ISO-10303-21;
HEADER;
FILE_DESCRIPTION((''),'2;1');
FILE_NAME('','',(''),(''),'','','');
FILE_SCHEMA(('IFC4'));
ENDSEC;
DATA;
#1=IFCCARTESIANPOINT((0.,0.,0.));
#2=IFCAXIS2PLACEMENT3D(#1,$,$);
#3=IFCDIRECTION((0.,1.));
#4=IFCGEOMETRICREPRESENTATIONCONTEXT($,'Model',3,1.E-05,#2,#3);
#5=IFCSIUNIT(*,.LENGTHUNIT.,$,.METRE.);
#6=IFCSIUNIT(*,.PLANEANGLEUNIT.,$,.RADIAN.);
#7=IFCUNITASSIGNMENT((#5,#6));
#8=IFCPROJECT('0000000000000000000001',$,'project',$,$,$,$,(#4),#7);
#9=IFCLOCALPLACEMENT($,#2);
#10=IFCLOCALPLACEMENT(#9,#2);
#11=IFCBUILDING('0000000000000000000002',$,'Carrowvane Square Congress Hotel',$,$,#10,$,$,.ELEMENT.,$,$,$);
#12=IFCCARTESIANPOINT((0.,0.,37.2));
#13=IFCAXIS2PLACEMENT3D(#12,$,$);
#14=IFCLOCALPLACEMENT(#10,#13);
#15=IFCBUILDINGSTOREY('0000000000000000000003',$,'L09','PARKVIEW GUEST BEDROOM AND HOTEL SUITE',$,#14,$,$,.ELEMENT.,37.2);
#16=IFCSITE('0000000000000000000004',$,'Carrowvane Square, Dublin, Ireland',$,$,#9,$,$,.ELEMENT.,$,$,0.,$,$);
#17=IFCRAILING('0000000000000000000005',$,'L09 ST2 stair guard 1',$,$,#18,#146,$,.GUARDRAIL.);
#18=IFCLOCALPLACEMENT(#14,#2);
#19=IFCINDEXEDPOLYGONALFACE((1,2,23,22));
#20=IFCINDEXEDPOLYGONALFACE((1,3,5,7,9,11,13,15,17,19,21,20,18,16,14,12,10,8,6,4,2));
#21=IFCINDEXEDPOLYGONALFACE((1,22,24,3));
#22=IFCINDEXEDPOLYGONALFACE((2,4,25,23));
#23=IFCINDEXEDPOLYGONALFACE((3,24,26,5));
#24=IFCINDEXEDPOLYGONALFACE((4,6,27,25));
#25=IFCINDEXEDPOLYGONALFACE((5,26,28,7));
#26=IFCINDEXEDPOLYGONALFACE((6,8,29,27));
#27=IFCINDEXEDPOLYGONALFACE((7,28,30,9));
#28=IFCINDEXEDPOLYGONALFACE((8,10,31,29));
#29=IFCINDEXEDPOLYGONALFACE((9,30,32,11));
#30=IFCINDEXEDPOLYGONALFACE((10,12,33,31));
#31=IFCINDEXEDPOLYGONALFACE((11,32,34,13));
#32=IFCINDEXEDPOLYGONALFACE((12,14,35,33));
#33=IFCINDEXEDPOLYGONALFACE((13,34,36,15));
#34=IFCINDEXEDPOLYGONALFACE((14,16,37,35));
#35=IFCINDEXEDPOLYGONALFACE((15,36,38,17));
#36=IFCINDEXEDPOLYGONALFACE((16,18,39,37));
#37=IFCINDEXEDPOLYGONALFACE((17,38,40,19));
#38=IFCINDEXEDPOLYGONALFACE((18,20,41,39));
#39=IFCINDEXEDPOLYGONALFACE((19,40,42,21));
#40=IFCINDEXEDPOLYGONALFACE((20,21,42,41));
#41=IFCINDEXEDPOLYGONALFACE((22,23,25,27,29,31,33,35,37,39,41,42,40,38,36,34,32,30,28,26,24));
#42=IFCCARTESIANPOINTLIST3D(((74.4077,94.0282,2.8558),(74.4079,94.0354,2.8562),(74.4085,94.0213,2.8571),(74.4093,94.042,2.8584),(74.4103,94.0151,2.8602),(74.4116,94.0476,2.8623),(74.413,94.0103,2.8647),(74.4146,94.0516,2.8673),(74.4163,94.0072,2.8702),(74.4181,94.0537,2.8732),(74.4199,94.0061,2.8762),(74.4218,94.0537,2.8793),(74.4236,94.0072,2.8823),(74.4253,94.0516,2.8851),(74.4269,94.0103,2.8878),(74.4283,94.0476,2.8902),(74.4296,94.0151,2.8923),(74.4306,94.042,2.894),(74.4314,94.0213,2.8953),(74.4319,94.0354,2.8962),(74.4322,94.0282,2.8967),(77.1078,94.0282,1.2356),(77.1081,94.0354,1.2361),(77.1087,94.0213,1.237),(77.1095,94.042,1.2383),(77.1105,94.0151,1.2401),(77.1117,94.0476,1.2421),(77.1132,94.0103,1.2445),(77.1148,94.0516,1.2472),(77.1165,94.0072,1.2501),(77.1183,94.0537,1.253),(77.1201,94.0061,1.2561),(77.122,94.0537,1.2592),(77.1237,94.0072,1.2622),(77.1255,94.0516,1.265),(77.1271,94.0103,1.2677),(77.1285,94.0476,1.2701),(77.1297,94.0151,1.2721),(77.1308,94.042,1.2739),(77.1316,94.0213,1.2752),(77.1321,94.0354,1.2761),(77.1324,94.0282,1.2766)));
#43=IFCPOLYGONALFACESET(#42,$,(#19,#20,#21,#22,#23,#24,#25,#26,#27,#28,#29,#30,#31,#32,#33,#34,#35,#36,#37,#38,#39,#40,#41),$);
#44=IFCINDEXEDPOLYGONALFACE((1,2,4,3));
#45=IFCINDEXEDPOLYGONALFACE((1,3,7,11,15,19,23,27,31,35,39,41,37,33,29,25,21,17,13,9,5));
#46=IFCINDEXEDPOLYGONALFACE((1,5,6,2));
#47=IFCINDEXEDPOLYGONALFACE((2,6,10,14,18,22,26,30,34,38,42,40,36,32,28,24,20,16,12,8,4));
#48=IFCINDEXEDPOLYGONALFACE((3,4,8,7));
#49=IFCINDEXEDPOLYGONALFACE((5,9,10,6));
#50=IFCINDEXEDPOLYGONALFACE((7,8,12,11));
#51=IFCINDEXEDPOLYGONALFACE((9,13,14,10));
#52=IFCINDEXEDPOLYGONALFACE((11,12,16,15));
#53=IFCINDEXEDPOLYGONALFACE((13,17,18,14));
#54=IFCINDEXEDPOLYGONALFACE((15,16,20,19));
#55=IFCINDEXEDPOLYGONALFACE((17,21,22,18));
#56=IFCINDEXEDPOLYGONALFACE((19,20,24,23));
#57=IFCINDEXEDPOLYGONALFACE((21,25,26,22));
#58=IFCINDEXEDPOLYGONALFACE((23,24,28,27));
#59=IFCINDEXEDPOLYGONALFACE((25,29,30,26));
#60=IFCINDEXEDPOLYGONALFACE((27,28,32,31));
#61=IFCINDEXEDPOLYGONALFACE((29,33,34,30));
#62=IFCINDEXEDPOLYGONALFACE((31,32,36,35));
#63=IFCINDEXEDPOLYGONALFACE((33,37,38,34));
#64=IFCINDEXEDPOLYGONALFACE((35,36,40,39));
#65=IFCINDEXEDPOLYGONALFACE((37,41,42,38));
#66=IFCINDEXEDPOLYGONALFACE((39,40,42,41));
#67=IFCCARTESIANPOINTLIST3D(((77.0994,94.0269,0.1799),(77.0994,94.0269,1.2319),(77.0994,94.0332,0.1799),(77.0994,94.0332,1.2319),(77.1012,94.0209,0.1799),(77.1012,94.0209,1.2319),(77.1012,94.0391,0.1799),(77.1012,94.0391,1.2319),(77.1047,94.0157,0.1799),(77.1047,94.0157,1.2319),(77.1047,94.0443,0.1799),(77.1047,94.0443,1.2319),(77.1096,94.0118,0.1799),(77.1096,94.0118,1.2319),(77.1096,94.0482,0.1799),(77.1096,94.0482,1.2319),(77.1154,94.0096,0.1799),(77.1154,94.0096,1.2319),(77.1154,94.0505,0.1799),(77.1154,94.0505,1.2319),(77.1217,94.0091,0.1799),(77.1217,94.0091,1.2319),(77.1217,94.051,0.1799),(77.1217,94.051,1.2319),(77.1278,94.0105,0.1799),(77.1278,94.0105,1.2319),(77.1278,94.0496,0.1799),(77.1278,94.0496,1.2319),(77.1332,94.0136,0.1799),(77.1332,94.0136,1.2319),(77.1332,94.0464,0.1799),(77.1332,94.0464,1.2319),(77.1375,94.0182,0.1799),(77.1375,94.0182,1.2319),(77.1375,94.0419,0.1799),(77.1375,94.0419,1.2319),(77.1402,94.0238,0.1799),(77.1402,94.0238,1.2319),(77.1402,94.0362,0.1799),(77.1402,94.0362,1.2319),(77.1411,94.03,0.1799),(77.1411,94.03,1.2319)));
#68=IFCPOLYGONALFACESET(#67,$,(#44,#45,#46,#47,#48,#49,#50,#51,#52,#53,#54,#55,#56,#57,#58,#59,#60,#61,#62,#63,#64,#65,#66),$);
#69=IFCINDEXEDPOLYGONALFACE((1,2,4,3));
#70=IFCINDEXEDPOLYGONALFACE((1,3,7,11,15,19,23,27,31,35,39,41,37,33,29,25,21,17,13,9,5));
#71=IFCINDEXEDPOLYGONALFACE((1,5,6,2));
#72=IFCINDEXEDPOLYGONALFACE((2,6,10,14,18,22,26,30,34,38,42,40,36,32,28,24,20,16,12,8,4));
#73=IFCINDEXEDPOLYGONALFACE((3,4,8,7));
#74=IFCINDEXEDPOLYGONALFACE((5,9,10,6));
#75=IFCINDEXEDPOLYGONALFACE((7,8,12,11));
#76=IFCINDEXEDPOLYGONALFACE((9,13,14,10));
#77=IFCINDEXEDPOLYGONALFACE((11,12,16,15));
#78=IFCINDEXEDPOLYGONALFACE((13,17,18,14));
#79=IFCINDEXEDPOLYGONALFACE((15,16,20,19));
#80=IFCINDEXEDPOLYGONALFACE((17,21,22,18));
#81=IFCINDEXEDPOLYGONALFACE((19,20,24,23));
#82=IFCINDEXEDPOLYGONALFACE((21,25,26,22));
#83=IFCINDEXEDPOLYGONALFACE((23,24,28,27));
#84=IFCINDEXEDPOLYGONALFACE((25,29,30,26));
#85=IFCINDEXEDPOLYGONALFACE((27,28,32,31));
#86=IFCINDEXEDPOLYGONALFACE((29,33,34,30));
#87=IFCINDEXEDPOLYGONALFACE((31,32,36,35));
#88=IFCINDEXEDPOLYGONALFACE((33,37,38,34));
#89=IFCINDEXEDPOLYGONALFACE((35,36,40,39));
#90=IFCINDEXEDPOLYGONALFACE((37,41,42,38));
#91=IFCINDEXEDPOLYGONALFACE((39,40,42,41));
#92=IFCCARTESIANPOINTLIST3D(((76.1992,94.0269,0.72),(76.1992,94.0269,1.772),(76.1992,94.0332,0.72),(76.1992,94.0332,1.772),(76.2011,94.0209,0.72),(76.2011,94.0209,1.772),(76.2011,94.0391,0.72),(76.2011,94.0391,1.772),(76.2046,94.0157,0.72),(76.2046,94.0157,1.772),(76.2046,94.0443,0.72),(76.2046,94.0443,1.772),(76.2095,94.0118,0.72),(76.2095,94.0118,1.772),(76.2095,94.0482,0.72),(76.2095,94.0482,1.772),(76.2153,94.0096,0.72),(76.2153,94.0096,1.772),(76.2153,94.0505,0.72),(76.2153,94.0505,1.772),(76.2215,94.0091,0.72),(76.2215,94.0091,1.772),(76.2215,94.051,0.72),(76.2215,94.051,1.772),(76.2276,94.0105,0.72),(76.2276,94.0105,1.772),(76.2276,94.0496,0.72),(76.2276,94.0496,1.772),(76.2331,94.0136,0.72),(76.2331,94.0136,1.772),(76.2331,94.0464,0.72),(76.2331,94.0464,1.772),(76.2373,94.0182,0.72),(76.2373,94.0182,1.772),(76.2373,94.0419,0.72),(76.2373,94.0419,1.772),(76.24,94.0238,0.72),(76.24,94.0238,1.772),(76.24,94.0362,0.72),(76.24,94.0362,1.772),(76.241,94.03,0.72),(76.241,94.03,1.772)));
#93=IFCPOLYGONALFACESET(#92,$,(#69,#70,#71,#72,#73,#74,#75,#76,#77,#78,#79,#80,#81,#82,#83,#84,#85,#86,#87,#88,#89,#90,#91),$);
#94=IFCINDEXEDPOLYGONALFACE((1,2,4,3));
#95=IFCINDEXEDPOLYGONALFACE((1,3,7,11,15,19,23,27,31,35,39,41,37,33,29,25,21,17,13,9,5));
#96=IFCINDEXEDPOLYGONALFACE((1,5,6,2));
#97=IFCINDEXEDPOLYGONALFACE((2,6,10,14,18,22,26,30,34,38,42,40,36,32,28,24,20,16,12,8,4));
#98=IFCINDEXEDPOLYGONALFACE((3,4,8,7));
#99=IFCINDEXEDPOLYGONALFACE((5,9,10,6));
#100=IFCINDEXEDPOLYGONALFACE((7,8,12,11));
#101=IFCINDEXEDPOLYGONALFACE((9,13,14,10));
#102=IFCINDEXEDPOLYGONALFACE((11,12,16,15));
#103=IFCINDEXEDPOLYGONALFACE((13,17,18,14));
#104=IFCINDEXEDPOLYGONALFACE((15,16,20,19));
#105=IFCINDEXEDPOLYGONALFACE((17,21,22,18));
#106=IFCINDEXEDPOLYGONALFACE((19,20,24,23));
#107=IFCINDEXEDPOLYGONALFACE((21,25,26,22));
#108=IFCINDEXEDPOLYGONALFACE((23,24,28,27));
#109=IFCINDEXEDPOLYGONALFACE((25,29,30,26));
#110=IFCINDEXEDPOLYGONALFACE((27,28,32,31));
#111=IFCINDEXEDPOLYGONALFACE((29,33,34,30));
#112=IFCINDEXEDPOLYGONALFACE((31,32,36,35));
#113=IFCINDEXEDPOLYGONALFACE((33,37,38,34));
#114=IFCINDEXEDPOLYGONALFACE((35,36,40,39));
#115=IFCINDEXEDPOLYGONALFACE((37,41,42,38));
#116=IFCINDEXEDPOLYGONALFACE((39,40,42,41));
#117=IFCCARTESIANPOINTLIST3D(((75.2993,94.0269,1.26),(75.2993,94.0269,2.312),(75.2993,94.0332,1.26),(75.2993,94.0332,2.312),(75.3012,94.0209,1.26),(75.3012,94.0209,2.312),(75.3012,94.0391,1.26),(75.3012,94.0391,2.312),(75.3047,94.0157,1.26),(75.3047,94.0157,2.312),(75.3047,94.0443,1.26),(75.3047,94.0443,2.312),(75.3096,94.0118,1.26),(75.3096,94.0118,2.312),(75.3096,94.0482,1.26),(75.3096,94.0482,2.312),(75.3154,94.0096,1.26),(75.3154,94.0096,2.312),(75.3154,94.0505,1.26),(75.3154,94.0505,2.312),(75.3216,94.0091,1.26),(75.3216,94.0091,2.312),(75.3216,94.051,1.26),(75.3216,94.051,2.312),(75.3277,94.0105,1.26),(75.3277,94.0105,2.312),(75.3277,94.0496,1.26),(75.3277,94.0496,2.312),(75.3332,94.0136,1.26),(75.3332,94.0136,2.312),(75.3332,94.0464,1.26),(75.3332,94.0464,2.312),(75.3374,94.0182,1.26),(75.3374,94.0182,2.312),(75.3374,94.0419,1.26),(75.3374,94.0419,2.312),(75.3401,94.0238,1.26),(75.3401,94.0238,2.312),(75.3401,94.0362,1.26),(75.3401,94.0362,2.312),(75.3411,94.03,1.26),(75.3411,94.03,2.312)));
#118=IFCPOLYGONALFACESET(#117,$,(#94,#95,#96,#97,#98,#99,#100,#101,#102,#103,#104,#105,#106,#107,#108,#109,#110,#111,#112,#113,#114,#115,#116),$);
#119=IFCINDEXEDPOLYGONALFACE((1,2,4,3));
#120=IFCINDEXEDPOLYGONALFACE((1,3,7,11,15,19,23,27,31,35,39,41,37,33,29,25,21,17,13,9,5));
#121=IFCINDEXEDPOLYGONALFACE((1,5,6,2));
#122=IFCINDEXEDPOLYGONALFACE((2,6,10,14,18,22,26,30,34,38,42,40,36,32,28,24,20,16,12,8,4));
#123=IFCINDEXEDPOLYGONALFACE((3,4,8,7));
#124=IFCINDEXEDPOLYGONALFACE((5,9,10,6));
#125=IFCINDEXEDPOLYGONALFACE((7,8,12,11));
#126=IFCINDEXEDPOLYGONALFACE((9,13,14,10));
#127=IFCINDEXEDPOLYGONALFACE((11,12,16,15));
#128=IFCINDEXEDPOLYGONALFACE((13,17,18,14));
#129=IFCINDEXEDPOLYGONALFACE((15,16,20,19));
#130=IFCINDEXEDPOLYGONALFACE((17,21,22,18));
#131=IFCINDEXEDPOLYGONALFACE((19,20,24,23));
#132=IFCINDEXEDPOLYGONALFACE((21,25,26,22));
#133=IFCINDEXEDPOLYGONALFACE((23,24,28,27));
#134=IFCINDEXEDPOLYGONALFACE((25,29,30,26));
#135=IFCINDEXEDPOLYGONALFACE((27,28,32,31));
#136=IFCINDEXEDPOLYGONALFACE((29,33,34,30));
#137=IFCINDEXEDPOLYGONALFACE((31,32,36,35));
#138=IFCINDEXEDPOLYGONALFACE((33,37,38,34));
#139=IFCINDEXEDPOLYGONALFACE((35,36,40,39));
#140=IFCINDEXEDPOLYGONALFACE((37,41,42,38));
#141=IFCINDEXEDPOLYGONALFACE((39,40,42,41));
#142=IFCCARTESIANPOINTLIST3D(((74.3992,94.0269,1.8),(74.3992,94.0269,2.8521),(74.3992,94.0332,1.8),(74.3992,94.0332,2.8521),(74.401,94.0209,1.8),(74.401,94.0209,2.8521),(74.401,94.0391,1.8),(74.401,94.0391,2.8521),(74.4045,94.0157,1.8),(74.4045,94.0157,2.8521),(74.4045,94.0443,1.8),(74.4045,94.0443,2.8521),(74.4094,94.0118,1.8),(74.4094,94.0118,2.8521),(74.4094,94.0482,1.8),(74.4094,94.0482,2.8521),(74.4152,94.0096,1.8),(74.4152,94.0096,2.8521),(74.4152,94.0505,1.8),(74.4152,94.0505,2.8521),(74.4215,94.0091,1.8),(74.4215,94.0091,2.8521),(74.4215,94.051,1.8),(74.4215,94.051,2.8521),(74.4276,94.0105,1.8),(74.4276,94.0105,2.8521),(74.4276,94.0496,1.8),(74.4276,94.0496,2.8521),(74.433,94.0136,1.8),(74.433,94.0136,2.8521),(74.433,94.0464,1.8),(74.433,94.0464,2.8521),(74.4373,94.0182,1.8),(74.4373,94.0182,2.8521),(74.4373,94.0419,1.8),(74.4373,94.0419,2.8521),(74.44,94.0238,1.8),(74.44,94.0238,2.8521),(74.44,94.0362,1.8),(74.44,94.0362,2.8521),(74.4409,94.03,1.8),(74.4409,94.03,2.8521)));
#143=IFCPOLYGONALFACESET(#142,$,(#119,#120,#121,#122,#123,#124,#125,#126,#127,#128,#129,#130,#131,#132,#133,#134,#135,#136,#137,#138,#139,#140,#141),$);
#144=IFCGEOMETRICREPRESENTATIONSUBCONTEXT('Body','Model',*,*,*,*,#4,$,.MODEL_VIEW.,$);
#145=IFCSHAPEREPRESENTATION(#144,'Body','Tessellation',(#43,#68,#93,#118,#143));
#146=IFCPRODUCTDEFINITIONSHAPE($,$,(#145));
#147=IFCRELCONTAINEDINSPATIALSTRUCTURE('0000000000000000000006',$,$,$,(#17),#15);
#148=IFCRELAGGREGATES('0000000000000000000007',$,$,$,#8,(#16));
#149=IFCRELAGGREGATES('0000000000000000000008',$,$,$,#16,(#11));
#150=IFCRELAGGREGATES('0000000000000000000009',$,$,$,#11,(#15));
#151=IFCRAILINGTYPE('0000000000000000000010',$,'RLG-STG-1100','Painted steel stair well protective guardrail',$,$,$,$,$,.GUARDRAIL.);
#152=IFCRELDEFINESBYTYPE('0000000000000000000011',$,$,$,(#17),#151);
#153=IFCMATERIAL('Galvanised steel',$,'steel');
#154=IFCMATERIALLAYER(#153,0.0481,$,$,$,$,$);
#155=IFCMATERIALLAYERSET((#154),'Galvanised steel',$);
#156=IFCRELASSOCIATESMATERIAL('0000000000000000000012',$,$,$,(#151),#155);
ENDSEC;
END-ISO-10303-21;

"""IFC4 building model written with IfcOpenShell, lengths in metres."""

from ifc_helpers import new_model, si_unit, direction, frame, origin, origin_2d, place, context, subcontext, project, spatial, circle, extrude, material, layer, layer_set, type_object, element, save


model = new_model("IFC4")

# Units and contexts
model_context = context("Model", 3, precision=1e-05, world=origin(), true_north=direction((0.0, 1.0)))
body_context = subcontext(model_context, "Body", "Model", "MODEL_VIEW")
ifc_project = project(units=[si_unit("LENGTHUNIT", "METRE"), si_unit("PLANEANGLEUNIT", "RADIAN")], contexts=[model_context])

# Site, building, storey
site_placement = place(None, origin())
site = spatial("IfcSite", under=ifc_project, at=site_placement, Name="Carrowvane Square, Dublin, Ireland", CompositionType="ELEMENT", RefElevation=0.0)
building_placement = place(site_placement, origin())
building = spatial("IfcBuilding", under=site, at=building_placement, Name="Carrowvane Square Congress Hotel", CompositionType="ELEMENT")
storey_placement = place(building_placement, frame((0.0, 0.0, 37.2)))
storey = spatial("IfcBuildingStorey", under=building, at=storey_placement, Name="L09", Description="PARKVIEW GUEST BEDROOM AND HOTEL SUITE", CompositionType="ELEMENT", Elevation=37.2)

# Railing
ifc_material_1 = material(Name="Galvanised steel", Category="steel")
ifc_layer_1 = layer(ifc_material_1, 0.0481)
ifc_layer_set_1 = layer_set([ifc_layer_1], Name="Galvanised steel")
railing_type_1 = type_object("IfcRailingType", Name="RLG-STG-1100", Description="Painted steel stair well protective guardrail", PredefinedType="GUARDRAIL", material=ifc_layer_set_1)
railing_1_placement = place(storey_placement, frame((77.1201, 94.03, 0.1799)))
element("IfcRailing", 1, at=railing_1_placement, inside=storey, type_object=railing_type_1, Name="L09 ST2 stair guard 1", PredefinedType="GUARDRAIL", context=body_context, shape_type="SweptSolid", body=[
    extrude(circle(Radius=0.0239, at=origin_2d()), frame((0.0, 0.0, 1.0762), z_axis=(-0.857493, 0.0, 0.514496), x_axis=(0.0, -1.0, 0.0)), (0.0, 0.0, 1.0), 3.1489),
    extrude(circle(Radius=0.021, at=origin_2d()), origin(), (0.0, 0.0, 1.0), 1.052),
    extrude(circle(Radius=0.021, at=origin_2d()), frame((-0.9001, 0.0, 0.54)), (0.0, 0.0, 1.0), 1.052),
    extrude(circle(Radius=0.021, at=origin_2d()), frame((-1.8, 0.0, 1.0801)), (0.0, 0.0, 1.0), 1.052),
    extrude(circle(Radius=0.021, at=origin_2d()), frame((-2.7002, 0.0, 1.6201)), (0.0, 0.0, 1.0), 1.052),
])

save(model, "model.ifc")
